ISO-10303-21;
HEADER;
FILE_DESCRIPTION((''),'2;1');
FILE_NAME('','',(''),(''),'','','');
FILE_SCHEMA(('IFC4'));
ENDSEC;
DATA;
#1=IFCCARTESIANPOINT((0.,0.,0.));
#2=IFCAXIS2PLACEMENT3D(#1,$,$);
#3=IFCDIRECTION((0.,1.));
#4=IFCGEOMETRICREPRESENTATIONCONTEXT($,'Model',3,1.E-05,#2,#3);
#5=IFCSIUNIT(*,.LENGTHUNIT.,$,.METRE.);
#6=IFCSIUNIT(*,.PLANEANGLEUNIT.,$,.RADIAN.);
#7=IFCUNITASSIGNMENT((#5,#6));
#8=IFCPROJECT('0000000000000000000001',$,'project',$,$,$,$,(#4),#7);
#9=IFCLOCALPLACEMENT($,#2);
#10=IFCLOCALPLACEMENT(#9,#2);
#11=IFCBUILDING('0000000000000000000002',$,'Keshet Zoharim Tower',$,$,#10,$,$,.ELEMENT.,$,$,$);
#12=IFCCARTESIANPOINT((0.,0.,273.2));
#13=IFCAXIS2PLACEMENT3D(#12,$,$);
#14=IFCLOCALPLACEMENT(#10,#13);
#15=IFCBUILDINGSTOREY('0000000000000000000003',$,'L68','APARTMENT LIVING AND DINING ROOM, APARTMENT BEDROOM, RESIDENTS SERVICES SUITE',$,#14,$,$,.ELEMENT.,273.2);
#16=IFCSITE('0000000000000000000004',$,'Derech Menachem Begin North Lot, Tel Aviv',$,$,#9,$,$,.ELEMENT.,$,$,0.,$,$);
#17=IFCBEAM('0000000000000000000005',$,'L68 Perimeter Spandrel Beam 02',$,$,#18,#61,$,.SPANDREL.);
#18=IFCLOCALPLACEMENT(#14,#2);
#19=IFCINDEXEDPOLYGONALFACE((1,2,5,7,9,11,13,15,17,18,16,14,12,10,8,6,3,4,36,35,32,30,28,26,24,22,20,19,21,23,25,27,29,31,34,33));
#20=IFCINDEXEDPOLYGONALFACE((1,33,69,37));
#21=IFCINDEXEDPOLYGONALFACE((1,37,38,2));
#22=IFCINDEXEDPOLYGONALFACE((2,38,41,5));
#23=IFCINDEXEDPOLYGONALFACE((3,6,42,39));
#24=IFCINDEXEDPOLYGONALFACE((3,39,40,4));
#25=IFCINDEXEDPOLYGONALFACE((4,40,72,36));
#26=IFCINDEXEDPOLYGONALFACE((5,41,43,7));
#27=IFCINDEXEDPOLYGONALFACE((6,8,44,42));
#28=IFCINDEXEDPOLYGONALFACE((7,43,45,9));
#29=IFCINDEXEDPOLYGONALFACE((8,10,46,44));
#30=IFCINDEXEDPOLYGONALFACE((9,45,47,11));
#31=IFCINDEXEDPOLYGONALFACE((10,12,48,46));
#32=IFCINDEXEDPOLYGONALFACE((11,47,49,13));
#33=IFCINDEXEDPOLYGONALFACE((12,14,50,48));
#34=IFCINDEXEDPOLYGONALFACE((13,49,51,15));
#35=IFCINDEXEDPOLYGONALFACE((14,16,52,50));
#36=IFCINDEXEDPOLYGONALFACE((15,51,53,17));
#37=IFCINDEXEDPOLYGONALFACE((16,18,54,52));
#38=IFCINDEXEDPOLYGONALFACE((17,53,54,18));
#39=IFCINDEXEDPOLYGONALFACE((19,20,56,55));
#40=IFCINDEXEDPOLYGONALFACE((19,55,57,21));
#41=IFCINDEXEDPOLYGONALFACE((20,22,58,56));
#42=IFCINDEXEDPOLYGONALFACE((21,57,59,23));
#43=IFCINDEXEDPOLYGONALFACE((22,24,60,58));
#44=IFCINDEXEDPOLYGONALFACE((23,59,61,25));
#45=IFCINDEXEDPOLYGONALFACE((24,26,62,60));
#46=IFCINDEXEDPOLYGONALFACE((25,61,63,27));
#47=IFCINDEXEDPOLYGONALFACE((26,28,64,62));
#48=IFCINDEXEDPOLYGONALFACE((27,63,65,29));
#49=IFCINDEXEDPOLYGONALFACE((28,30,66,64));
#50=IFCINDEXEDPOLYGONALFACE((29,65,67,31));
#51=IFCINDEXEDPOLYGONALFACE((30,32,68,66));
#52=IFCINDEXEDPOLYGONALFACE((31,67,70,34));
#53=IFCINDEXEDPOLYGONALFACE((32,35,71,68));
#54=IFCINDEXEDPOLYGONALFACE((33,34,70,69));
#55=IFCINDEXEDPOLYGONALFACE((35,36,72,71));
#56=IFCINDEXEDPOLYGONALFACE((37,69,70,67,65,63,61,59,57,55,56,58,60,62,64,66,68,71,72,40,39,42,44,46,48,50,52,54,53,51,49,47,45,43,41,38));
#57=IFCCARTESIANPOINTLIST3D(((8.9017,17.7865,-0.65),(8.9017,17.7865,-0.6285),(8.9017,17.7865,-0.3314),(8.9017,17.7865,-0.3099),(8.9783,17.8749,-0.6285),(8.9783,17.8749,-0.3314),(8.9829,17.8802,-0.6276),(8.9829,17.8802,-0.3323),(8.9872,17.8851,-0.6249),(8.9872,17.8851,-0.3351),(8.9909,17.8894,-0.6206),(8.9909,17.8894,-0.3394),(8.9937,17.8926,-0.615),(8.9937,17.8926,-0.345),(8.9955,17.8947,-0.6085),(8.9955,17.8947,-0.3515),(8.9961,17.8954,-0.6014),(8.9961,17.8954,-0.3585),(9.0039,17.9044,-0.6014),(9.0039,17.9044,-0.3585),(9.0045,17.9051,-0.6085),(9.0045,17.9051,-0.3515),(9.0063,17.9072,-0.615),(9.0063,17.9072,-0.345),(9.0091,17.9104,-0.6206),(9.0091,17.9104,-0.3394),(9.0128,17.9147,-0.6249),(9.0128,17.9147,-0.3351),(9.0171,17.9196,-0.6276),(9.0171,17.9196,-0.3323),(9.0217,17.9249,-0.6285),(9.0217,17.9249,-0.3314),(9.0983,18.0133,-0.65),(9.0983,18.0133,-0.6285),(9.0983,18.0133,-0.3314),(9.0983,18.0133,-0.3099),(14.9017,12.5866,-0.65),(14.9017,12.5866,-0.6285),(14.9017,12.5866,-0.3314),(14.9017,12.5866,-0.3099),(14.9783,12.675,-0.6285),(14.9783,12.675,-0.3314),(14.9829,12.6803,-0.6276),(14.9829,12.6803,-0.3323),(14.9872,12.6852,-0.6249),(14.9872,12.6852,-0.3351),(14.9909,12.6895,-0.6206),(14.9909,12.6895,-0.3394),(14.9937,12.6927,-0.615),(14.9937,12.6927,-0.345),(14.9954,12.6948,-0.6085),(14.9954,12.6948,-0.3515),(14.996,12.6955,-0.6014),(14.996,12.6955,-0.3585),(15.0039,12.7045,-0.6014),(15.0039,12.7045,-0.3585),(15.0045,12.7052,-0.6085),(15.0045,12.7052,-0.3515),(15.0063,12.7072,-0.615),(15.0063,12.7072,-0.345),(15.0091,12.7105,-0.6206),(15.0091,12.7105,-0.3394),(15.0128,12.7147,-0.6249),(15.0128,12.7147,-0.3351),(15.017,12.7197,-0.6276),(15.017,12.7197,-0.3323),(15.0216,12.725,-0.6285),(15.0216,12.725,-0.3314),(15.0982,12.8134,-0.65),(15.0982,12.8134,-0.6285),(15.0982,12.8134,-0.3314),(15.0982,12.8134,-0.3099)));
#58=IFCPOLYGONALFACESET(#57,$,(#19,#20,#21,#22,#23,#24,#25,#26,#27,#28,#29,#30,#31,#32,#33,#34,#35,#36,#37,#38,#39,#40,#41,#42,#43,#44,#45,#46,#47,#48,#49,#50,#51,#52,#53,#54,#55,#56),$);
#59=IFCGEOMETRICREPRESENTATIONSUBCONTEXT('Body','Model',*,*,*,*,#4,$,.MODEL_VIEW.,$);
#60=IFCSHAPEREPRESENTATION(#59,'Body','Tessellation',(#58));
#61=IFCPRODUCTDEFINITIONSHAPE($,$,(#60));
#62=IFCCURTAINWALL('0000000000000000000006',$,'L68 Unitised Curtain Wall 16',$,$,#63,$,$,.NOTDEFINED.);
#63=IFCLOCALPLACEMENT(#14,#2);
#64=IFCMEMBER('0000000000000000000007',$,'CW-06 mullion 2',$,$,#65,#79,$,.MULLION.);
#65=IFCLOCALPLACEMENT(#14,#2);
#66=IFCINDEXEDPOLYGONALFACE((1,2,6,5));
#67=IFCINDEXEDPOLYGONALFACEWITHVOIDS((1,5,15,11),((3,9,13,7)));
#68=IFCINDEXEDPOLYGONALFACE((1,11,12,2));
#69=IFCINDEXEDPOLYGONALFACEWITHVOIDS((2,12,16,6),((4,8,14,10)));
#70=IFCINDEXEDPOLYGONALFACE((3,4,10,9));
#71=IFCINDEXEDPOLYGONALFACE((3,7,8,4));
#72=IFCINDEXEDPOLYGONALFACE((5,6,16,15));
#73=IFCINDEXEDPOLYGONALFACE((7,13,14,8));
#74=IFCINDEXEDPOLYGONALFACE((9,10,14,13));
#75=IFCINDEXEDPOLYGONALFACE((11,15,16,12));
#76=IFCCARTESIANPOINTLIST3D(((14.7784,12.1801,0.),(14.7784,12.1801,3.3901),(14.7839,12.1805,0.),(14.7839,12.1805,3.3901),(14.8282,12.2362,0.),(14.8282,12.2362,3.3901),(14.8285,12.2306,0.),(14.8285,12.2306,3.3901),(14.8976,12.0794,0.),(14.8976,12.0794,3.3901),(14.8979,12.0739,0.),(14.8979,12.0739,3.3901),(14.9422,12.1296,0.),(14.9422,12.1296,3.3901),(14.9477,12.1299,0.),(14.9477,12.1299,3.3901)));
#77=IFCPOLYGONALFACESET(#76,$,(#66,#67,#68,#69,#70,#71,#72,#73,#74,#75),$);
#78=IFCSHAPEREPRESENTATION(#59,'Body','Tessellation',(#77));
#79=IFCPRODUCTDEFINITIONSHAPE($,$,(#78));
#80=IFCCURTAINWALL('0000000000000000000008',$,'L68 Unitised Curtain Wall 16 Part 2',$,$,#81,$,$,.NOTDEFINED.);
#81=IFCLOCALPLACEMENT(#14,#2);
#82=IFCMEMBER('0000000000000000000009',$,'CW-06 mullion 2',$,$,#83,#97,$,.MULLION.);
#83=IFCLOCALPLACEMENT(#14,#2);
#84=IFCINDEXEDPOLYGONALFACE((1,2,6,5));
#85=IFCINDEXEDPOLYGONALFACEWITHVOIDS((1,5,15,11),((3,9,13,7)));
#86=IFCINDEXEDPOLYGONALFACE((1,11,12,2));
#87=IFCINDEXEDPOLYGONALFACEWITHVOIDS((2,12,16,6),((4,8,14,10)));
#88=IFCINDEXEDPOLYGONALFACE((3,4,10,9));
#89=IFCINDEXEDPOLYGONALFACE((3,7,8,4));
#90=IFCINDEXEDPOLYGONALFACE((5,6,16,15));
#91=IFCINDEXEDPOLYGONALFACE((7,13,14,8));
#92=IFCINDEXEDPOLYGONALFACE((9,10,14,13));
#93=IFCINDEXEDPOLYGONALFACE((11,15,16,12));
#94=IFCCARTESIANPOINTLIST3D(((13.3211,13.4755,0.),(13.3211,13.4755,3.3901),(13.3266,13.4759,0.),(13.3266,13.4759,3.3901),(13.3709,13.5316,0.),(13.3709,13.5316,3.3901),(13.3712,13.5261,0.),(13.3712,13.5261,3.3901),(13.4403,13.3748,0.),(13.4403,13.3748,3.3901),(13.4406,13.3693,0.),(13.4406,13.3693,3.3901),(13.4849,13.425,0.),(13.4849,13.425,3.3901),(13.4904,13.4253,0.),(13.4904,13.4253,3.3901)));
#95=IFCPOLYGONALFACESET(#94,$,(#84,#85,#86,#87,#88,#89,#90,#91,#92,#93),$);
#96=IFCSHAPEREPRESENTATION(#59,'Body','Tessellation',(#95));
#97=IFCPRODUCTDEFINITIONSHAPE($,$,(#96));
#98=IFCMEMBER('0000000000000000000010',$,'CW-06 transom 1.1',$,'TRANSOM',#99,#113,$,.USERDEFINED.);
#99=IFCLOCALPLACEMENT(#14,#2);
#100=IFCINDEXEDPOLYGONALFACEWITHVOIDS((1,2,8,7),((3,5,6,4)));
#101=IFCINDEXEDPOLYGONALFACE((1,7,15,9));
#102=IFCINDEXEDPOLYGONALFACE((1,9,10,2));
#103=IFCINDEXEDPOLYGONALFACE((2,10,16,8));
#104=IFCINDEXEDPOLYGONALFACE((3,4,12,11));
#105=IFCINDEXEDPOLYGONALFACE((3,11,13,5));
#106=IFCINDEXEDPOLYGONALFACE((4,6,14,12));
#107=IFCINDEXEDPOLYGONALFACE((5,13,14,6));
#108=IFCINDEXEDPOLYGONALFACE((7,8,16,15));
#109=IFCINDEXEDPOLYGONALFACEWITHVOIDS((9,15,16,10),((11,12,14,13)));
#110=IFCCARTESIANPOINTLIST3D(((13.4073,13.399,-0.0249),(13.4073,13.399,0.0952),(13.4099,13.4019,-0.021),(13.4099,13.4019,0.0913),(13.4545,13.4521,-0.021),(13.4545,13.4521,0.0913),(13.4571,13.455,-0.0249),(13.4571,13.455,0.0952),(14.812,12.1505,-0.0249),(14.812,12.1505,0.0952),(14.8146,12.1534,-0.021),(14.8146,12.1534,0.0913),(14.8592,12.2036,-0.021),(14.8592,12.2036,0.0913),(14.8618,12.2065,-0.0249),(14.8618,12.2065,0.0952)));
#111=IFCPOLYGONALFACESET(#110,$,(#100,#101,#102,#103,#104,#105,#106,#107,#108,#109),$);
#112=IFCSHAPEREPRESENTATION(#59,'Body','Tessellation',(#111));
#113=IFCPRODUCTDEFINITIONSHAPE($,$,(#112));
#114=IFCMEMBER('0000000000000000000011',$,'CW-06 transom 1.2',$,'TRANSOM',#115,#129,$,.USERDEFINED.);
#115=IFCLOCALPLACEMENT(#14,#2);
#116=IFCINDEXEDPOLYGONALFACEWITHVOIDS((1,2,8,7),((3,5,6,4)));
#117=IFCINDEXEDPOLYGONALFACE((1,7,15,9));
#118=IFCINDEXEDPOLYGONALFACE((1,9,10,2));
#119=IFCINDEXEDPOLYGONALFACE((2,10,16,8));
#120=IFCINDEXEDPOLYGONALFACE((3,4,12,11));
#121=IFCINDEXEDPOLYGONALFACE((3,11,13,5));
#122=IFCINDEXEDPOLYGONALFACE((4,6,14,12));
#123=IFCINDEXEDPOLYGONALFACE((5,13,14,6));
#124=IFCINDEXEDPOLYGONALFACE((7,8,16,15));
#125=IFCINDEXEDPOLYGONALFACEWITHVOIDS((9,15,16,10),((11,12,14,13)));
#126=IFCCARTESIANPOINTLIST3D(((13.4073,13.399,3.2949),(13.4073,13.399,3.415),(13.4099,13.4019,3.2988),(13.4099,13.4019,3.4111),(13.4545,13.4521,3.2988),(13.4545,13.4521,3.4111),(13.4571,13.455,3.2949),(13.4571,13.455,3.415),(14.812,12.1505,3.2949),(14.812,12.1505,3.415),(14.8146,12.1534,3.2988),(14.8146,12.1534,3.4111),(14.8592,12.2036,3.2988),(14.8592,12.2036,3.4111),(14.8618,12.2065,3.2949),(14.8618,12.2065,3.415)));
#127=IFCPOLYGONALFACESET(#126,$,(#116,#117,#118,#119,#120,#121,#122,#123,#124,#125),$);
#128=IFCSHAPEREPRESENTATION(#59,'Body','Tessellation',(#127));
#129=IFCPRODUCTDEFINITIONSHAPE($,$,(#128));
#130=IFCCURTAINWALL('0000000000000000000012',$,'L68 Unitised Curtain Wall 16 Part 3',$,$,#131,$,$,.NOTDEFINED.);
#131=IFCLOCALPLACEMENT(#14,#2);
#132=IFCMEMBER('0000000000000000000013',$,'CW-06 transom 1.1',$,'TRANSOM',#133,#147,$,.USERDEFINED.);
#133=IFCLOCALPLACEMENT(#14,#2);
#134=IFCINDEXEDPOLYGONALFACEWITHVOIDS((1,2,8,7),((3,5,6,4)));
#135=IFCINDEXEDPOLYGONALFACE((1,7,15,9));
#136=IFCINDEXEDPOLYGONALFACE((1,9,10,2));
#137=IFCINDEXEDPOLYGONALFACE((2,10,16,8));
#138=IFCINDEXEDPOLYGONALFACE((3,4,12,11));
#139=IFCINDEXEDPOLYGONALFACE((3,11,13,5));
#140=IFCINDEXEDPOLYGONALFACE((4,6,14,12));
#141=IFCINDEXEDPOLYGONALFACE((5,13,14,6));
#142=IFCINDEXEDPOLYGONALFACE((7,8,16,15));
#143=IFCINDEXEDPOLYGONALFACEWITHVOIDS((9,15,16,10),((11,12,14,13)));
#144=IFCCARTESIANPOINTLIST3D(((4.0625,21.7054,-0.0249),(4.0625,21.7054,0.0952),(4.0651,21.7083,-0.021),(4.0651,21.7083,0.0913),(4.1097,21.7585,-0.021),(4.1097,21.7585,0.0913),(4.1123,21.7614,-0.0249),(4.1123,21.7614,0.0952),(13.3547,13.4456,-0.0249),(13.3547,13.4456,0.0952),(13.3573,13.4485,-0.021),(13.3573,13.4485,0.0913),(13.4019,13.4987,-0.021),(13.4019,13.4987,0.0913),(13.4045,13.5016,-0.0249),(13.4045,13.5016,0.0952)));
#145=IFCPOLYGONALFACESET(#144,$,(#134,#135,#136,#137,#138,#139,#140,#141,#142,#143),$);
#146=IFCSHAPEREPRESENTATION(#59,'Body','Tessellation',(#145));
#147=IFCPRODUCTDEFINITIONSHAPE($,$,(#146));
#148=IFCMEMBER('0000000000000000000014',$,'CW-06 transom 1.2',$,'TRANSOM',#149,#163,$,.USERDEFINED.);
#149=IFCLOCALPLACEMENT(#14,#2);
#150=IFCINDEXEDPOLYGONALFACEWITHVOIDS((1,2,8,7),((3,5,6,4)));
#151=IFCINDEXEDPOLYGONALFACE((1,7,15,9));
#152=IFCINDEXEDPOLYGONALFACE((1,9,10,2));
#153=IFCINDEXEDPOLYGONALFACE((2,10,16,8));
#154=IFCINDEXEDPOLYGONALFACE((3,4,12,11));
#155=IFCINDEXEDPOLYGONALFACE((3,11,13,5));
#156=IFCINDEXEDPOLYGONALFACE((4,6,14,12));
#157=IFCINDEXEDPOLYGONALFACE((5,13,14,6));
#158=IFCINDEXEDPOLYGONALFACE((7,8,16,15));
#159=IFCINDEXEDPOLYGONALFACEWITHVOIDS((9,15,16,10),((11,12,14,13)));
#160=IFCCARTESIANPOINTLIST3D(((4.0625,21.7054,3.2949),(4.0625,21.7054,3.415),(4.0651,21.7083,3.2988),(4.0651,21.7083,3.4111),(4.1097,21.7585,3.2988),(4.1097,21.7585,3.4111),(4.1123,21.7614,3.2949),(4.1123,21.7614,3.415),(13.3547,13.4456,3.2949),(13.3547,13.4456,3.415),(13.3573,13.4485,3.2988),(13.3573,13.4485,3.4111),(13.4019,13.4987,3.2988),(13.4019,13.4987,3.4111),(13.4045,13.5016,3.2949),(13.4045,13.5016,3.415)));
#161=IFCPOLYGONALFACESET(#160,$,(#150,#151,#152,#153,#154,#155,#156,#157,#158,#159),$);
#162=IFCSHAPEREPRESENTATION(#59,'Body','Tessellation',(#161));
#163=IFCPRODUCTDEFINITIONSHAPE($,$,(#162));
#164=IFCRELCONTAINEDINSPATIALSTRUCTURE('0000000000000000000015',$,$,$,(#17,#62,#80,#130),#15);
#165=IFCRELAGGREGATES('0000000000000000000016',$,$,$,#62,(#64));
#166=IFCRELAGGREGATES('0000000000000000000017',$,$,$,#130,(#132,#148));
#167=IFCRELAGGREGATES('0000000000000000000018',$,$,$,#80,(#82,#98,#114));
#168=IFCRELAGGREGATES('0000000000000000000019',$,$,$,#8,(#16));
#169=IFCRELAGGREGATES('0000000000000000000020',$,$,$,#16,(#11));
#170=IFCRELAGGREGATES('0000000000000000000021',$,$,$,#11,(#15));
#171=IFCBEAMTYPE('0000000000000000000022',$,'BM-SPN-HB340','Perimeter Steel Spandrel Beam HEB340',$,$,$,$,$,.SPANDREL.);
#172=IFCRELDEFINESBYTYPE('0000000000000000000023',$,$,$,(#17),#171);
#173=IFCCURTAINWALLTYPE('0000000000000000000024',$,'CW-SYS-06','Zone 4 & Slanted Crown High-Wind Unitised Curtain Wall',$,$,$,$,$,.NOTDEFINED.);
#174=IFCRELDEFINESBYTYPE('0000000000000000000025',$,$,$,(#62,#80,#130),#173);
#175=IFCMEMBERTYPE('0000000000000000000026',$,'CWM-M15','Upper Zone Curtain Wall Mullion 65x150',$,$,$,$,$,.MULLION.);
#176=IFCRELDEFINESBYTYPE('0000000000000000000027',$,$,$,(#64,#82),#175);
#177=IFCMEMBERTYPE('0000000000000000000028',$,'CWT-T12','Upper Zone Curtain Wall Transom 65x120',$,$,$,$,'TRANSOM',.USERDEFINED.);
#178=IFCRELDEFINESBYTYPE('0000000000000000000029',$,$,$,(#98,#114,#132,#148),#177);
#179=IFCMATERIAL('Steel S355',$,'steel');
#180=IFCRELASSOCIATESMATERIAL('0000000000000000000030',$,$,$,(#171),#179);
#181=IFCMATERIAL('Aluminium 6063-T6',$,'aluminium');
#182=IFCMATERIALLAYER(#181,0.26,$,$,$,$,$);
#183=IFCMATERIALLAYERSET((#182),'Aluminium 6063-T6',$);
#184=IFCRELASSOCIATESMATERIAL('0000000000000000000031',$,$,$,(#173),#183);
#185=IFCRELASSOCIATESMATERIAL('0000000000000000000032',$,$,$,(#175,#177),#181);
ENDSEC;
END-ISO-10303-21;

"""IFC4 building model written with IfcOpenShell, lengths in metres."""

from ifc_helpers import new_model, si_unit, direction, frame, origin, origin_2d, place, context, subcontext, project, spatial, hollow_rectangle, i_section, extrude, material, layer, layer_set, material_profile, profile_set, type_object, element, aggregate, save


model = new_model("IFC4")

# Units and contexts
model_context = context("Model", 3, precision=1e-05, world=origin(), true_north=direction((0.0, 1.0)))
body_context = subcontext(model_context, "Body", "Model", "MODEL_VIEW")
ifc_project = project(units=[si_unit("LENGTHUNIT", "METRE"), si_unit("PLANEANGLEUNIT", "RADIAN")], contexts=[model_context])

# Site, building, storey
site_placement = place(None, origin())
site = spatial("IfcSite", under=ifc_project, at=site_placement, Name="Derech Menachem Begin North Lot, Tel Aviv", CompositionType="ELEMENT", RefElevation=0.0)
building_placement = place(site_placement, origin())
building = spatial("IfcBuilding", under=site, at=building_placement, Name="Keshet Zoharim Tower", CompositionType="ELEMENT")
storey_placement = place(building_placement, frame((0.0, 0.0, 273.2)))
storey = spatial("IfcBuildingStorey", under=building, at=storey_placement, Name="L68", Description="APARTMENT LIVING AND DINING ROOM, APARTMENT BEDROOM, RESIDENTS SERVICES SUITE", CompositionType="ELEMENT", Elevation=273.2)

# Shared definitions
ifc_material_1 = material(Name="Steel S355", Category="steel")

# Beam
ifc_material_profile_1 = material_profile(ifc_material_1, i_section(OverallWidth=0.3, OverallDepth=0.3401, WebThickness=0.012, FlangeThickness=0.0215, FilletRadius=0.0271, at=origin_2d()), Name="HEB340")
ifc_profile_set_1 = profile_set([ifc_material_profile_1], Name="Steel S355")
beam_type_1 = type_object("IfcBeamType", Name="BM-SPN-HB340", Description="Perimeter Steel Spandrel Beam HEB340", PredefinedType="SPANDREL", material=ifc_profile_set_1)
beam_1_placement = place(storey_placement, frame((9.0, 17.8999, -0.48), z_axis=(0.755692, -0.654927, 0.0), x_axis=(0.654927, 0.755692, 0.0)))
element("IfcBeam", 1, at=beam_1_placement, inside=storey, type_object=beam_type_1, Name="L68 Perimeter Spandrel Beam 02", PredefinedType="SPANDREL", context=body_context, shape_type="SweptSolid", body=[
    extrude(i_section(OverallWidth=0.3, OverallDepth=0.3401, WebThickness=0.012, FlangeThickness=0.0215, FilletRadius=0.0271, at=origin_2d()), origin(), (0.0, 0.0, 1.0), 7.9397),
])

# Curtain wall, member
ifc_material_2 = material(Name="Aluminium 6063-T6", Category="aluminium")
ifc_layer_1 = layer(ifc_material_2, 0.26)
ifc_layer_set_1 = layer_set([ifc_layer_1], Name="Aluminium 6063-T6")
curtain_wall_type = type_object("IfcCurtainWallType", Name="CW-SYS-06", Description="Zone 4 & Slanted Crown High-Wind Unitised Curtain Wall", PredefinedType="NOTDEFINED", material=ifc_layer_set_1)
curtain_wall_1_placement = place(storey_placement, origin())
curtain_wall_1 = element("IfcCurtainWall", 2, at=curtain_wall_1_placement, inside=storey, type_object=curtain_wall_type, Name="L68 Unitised Curtain Wall 16", PredefinedType="NOTDEFINED")
ifc_material_profile_2 = material_profile(ifc_material_2, hollow_rectangle(XDim=0.075, YDim=0.1599, WallThickness=0.0039, at=origin_2d()), Name="MUL-75x160")
ifc_profile_set_2 = profile_set([ifc_material_profile_2], Name="Aluminium 6063-T6")
member_type_1 = type_object("IfcMemberType", Name="CWM-M15", Description="Upper Zone Curtain Wall Mullion 65x150", PredefinedType="MULLION", material=ifc_profile_set_2)
member_1_placement = place(storey_placement, frame((14.863, 12.155, 0.0), z_axis=(0.0, 0.0, 1.0), x_axis=(-0.664362, -0.747411, 0.0)))
member_1 = element("IfcMember", 3, at=member_1_placement, type_object=member_type_1, Name="CW-06 mullion 2", PredefinedType="MULLION", context=body_context, shape_type="SweptSolid", body=[
    extrude(hollow_rectangle(XDim=0.075, YDim=0.1599, WallThickness=0.0039, at=origin_2d()), origin(), (0.0, 0.0, 1.0), 3.3901),
])
aggregate(curtain_wall_1, [member_1])

# Curtain walls, members
curtain_wall_2_placement = place(storey_placement, origin())
curtain_wall_2 = element("IfcCurtainWall", 4, at=curtain_wall_2_placement, inside=storey, type_object=curtain_wall_type, Name="L68 Unitised Curtain Wall 16 Part 2", PredefinedType="NOTDEFINED")
member_2_placement = place(storey_placement, frame((13.4058, 13.4504, 0.0), z_axis=(0.0, 0.0, 1.0), x_axis=(-0.664338, -0.747432, 0.0)))
member_2 = element("IfcMember", 5, at=member_2_placement, type_object=member_type_1, Name="CW-06 mullion 2", PredefinedType="MULLION", context=body_context, shape_type="SweptSolid", body=[
    extrude(hollow_rectangle(XDim=0.075, YDim=0.1599, WallThickness=0.0039, at=origin_2d()), origin(), (0.0, 0.0, 1.0), 3.3901),
])
ifc_material_profile_3 = material_profile(ifc_material_2, hollow_rectangle(XDim=0.075, YDim=0.1201, WallThickness=0.0039, at=origin_2d()), Name="TRN-75x120")
ifc_profile_set_3 = profile_set([ifc_material_profile_3], Name="Aluminium 6063-T6")
member_type_2 = type_object("IfcMemberType", Name="CWT-T12", Description="Upper Zone Curtain Wall Transom 65x120", ElementType="TRANSOM", PredefinedType="USERDEFINED", material=ifc_profile_set_3)
member_3_placement = place(storey_placement, frame((14.8369, 12.1785, 0.0352), z_axis=(-0.747452, 0.664315, 0.0), x_axis=(-0.664315, -0.747452, 0.0)))
member_3 = element("IfcMember", 6, at=member_3_placement, type_object=member_type_2, Name="CW-06 transom 1.1", ObjectType="TRANSOM", PredefinedType="USERDEFINED", context=body_context, shape_type="SweptSolid", body=[
    extrude(hollow_rectangle(XDim=0.075, YDim=0.1201, WallThickness=0.0039, at=origin_2d()), origin(), (0.0, 0.0, 1.0), 1.8794),
])
member_4_placement = place(storey_placement, frame((14.8369, 12.1785, 3.355), z_axis=(-0.747452, 0.664315, 0.0), x_axis=(-0.664315, -0.747452, 0.0)))
member_4 = element("IfcMember", 7, at=member_4_placement, type_object=member_type_2, Name="CW-06 transom 1.2", ObjectType="TRANSOM", PredefinedType="USERDEFINED", context=body_context, shape_type="SweptSolid", body=[
    extrude(hollow_rectangle(XDim=0.075, YDim=0.1201, WallThickness=0.0039, at=origin_2d()), origin(), (0.0, 0.0, 1.0), 1.8794),
])
curtain_wall_3_placement = place(storey_placement, origin())
curtain_wall_3 = element("IfcCurtainWall", 8, at=curtain_wall_3_placement, inside=storey, type_object=curtain_wall_type, Name="L68 Unitised Curtain Wall 16 Part 3", PredefinedType="NOTDEFINED")
member_5_placement = place(storey_placement, frame((13.3796, 13.4736, 0.0352), z_axis=(-0.747409, 0.664364, 0.0), x_axis=(-0.664364, -0.747409, 0.0)))
member_5 = element("IfcMember", 9, at=member_5_placement, type_object=member_type_2, Name="CW-06 transom 1.1", ObjectType="TRANSOM", PredefinedType="USERDEFINED", context=body_context, shape_type="SweptSolid", body=[
    extrude(hollow_rectangle(XDim=0.075, YDim=0.1201, WallThickness=0.0039, at=origin_2d()), origin(), (0.0, 0.0, 1.0), 12.4326),
])
member_6_placement = place(storey_placement, frame((13.3796, 13.4736, 3.355), z_axis=(-0.747409, 0.664364, 0.0), x_axis=(-0.664364, -0.747409, 0.0)))
member_6 = element("IfcMember", 10, at=member_6_placement, type_object=member_type_2, Name="CW-06 transom 1.2", ObjectType="TRANSOM", PredefinedType="USERDEFINED", context=body_context, shape_type="SweptSolid", body=[
    extrude(hollow_rectangle(XDim=0.075, YDim=0.1201, WallThickness=0.0039, at=origin_2d()), origin(), (0.0, 0.0, 1.0), 12.4326),
])

aggregate(curtain_wall_3, [member_5, member_6])
aggregate(curtain_wall_2, [member_2, member_3, member_4])

save(model, "model.ifc")
